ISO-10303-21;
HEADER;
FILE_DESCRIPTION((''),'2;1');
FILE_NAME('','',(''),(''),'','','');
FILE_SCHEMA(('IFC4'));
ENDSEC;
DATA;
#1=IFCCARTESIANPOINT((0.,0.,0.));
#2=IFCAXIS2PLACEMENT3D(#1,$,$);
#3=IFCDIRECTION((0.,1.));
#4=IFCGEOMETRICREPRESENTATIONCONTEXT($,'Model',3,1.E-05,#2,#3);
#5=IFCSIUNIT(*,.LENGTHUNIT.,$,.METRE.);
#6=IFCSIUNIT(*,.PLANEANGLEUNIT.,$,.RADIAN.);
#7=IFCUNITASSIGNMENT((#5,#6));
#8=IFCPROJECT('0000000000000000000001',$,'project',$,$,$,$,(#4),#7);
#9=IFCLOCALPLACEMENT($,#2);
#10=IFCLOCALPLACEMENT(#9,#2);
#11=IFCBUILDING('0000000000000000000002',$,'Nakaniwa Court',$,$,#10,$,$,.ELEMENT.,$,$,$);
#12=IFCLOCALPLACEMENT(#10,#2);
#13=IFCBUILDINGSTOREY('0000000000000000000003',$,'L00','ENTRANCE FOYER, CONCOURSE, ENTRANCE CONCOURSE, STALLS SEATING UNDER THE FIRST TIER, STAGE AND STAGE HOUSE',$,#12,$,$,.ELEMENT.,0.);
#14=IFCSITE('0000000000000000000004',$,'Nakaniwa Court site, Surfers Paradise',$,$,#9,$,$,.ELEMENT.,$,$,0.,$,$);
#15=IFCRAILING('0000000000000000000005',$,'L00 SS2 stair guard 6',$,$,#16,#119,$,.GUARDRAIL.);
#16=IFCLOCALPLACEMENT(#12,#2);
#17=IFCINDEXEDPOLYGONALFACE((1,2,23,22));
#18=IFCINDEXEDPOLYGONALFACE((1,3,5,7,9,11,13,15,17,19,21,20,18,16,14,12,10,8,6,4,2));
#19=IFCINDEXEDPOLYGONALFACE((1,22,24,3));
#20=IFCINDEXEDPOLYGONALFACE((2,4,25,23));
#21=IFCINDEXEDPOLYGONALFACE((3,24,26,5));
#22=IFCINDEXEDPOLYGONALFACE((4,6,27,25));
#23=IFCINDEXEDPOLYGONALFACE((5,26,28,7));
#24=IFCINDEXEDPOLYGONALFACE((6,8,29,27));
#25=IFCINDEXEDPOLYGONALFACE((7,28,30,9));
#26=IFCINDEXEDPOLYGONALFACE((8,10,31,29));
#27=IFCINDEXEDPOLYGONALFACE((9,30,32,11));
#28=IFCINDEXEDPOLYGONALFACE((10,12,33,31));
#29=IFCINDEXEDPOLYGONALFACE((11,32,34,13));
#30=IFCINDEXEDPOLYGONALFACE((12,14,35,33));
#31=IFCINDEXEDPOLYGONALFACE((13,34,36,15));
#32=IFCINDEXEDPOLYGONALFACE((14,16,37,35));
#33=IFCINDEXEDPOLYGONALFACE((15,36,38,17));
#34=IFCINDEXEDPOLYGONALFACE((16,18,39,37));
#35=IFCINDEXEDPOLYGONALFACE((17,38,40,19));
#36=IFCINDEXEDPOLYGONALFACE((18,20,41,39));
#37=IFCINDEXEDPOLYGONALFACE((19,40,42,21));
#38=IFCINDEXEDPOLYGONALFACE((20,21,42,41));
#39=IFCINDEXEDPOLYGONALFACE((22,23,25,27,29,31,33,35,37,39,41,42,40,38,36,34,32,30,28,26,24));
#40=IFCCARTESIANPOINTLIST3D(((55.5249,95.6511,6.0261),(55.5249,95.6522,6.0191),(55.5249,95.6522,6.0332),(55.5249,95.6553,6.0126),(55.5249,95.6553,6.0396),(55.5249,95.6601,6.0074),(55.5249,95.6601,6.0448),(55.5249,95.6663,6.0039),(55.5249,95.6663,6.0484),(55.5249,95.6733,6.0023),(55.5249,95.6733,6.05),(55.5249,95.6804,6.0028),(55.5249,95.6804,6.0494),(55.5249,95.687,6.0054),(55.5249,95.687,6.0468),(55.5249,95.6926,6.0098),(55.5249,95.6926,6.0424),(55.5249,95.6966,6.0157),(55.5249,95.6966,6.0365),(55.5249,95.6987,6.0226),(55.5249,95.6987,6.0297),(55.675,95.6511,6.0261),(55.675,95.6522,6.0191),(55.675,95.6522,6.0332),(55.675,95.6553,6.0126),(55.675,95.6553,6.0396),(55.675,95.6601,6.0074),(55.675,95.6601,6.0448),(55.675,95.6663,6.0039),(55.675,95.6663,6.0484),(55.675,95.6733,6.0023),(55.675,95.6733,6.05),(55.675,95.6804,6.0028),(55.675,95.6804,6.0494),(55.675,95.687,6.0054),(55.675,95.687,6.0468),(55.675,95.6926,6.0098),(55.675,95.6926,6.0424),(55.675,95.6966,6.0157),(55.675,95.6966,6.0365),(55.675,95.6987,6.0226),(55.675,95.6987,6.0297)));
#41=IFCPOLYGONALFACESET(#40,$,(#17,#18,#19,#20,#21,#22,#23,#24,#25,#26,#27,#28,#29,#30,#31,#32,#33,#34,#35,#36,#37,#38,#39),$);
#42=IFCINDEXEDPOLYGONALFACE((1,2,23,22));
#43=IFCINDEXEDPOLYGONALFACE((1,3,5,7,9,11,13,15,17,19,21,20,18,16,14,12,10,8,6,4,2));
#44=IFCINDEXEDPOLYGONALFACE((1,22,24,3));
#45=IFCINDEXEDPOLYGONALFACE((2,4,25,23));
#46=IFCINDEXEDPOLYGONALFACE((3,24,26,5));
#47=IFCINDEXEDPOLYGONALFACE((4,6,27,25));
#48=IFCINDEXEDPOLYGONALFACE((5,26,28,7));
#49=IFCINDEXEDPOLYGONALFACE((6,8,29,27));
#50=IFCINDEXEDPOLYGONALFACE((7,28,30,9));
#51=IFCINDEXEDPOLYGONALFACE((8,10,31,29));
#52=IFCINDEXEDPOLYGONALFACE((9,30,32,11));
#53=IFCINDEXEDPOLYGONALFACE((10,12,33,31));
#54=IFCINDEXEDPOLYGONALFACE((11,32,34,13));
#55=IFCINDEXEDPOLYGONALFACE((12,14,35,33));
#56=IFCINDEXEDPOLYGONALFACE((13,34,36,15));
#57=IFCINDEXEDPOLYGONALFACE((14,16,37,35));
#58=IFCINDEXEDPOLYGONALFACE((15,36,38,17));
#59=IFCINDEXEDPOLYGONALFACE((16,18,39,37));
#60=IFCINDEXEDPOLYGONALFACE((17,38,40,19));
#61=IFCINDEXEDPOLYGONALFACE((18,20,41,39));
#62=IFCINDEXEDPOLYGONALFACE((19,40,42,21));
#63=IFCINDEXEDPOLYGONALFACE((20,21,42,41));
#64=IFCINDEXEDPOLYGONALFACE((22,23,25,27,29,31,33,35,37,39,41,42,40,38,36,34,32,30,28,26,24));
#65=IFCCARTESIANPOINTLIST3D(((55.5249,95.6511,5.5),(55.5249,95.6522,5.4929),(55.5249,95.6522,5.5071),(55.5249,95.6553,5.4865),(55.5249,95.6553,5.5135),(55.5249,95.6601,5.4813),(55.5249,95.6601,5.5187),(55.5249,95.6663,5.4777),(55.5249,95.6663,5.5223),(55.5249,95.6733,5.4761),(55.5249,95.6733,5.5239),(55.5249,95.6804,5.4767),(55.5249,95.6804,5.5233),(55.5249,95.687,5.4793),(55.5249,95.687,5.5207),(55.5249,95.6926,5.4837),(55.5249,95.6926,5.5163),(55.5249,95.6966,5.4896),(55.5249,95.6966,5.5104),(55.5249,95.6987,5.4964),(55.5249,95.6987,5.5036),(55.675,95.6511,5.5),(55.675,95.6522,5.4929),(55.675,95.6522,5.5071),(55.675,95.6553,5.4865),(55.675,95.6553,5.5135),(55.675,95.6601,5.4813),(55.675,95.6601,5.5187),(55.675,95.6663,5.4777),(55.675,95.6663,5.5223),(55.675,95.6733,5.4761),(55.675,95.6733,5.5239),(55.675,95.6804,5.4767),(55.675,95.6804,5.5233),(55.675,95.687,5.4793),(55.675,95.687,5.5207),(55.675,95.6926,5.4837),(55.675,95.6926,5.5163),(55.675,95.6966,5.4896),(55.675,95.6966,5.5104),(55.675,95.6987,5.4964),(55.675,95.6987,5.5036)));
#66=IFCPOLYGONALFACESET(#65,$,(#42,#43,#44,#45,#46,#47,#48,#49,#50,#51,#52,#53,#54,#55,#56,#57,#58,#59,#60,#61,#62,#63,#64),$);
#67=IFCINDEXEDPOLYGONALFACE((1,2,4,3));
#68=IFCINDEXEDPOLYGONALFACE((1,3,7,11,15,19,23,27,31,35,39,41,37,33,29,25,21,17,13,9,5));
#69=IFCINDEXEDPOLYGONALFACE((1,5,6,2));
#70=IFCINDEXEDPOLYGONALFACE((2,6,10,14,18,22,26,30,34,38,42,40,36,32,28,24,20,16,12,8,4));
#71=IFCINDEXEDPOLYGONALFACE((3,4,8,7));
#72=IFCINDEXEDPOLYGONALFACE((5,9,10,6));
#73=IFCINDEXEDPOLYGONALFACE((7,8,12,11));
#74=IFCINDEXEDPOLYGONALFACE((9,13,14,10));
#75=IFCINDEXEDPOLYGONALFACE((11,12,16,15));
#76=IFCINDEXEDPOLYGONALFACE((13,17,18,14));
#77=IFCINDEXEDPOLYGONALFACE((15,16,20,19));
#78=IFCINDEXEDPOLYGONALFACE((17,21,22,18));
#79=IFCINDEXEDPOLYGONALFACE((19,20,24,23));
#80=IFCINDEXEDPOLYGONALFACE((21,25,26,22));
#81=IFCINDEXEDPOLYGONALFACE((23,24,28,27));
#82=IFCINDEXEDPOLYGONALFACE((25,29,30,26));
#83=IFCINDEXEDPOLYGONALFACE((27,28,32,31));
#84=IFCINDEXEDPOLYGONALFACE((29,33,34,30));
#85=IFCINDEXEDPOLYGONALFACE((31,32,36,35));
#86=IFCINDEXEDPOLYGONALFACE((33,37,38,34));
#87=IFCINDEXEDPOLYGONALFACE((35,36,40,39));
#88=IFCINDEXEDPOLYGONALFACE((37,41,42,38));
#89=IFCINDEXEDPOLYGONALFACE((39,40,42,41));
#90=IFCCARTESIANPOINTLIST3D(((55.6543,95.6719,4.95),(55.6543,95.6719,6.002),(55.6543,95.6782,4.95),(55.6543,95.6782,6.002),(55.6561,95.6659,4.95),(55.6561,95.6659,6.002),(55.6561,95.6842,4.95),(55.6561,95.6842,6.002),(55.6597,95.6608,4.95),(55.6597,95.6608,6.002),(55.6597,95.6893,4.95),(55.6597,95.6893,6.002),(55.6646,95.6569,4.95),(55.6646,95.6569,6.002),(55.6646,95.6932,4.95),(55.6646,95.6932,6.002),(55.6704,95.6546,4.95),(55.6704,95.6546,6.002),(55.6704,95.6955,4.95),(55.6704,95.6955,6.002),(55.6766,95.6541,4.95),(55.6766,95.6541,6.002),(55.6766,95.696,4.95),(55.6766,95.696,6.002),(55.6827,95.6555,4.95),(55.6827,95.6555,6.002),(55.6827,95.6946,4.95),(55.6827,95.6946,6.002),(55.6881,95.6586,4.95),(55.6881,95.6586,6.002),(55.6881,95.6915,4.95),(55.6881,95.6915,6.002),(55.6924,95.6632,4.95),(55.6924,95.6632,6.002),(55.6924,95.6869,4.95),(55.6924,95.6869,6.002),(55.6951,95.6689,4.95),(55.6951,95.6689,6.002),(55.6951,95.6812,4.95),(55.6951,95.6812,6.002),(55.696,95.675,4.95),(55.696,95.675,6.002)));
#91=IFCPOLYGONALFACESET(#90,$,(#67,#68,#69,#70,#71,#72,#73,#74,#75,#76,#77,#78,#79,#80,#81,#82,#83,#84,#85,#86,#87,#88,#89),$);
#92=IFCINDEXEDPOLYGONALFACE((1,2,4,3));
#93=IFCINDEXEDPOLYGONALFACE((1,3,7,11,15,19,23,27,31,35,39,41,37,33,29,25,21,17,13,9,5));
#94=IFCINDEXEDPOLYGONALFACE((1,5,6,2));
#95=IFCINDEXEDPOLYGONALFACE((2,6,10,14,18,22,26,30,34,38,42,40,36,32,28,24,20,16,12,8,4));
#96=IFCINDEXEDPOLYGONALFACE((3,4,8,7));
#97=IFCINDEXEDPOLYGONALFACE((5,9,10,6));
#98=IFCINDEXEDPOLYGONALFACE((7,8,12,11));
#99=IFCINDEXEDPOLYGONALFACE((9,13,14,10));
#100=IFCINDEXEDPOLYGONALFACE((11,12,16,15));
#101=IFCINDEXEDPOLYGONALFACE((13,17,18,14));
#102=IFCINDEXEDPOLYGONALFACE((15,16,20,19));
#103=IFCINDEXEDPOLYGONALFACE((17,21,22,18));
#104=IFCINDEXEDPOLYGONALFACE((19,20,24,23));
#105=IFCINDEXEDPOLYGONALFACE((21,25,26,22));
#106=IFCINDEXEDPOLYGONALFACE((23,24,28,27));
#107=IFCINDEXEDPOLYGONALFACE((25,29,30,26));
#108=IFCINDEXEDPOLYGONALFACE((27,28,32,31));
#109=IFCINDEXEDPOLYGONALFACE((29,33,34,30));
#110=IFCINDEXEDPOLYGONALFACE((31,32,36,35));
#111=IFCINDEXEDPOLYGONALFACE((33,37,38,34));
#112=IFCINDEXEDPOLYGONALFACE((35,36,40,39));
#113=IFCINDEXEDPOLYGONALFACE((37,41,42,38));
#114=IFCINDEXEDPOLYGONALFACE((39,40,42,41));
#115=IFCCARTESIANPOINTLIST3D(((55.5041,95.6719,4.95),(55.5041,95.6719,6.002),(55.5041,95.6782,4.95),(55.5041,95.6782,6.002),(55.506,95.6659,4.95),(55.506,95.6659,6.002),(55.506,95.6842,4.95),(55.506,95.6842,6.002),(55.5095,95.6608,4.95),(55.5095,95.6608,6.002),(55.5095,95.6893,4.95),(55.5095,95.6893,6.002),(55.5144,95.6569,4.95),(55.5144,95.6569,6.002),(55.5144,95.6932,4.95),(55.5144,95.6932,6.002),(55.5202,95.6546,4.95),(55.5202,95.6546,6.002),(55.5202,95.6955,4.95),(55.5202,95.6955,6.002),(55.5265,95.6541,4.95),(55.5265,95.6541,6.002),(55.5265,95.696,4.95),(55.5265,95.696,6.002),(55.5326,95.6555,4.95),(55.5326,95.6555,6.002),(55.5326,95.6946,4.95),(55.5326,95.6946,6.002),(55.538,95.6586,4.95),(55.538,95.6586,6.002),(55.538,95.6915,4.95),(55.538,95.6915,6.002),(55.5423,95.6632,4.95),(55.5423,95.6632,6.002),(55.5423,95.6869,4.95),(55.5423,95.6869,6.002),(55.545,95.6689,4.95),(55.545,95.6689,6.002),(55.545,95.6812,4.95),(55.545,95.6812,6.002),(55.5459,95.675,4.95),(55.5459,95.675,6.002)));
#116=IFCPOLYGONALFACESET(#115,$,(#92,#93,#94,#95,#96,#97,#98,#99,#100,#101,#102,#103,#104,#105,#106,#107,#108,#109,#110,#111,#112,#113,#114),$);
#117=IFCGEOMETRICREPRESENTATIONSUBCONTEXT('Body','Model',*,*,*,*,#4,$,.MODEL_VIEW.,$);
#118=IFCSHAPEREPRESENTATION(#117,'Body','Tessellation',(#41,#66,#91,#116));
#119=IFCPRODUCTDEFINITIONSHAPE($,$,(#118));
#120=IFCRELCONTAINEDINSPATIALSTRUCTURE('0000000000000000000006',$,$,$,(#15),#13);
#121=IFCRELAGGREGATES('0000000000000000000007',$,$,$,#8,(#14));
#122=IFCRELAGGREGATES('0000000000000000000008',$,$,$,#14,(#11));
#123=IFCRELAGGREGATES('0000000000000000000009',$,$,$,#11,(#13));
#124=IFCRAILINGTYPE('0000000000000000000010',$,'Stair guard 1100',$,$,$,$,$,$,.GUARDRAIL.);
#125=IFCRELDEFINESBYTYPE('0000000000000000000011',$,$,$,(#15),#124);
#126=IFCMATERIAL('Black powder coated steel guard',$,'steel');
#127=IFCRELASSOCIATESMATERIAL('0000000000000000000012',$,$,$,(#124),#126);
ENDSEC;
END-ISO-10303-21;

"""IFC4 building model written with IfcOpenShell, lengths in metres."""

from ifc_helpers import new_model, si_unit, direction, frame, origin, origin_2d, place, context, subcontext, project, spatial, circle, extrude, material, type_object, element, save


model = new_model("IFC4")

# Units and contexts
model_context = context("Model", 3, precision=1e-05, world=origin(), true_north=direction((0.0, 1.0)))
body_context = subcontext(model_context, "Body", "Model", "MODEL_VIEW")
ifc_project = project(units=[si_unit("LENGTHUNIT", "METRE"), si_unit("PLANEANGLEUNIT", "RADIAN")], contexts=[model_context])

# Site, building, storey
site_placement = place(None, origin())
site = spatial("IfcSite", under=ifc_project, at=site_placement, Name="Nakaniwa Court site, Surfers Paradise", CompositionType="ELEMENT", RefElevation=0.0)
building_placement = place(site_placement, origin())
building = spatial("IfcBuilding", under=site, at=building_placement, Name="Nakaniwa Court", CompositionType="ELEMENT")
storey_placement = place(building_placement, origin())
storey = spatial("IfcBuildingStorey", under=building, at=storey_placement, Name="L00", Description="ENTRANCE FOYER, CONCOURSE, ENTRANCE CONCOURSE, STALLS SEATING UNDER THE FIRST TIER, STAGE AND STAGE HOUSE", CompositionType="ELEMENT", Elevation=0.0)

# Railing
ifc_material_1 = material(Name="Black powder coated steel guard", Category="steel")
railing_type_1 = type_object("IfcRailingType", Name="Stair guard 1100", PredefinedType="GUARDRAIL", material=ifc_material_1)
railing_1_placement = place(storey_placement, frame((55.675, 95.675, 4.95)))
element("IfcRailing", 1, at=railing_1_placement, inside=storey, type_object=railing_type_1, Name="L00 SS2 stair guard 6", PredefinedType="GUARDRAIL", context=body_context, shape_type="SweptSolid", body=[
    extrude(circle(Radius=0.0239, at=origin_2d()), frame((0.0, 0.0, 1.0762), z_axis=(-1.0, 0.0, 0.0), x_axis=(0.0, -1.0, 0.0)), (0.0, 0.0, 1.0), 0.1501),
    extrude(circle(Radius=0.0239, at=origin_2d()), frame((0.0, 0.0, 0.55), z_axis=(-1.0, 0.0, 0.0), x_axis=(0.0, -1.0, 0.0)), (0.0, 0.0, 1.0), 0.1501),
    extrude(circle(Radius=0.021, at=origin_2d()), origin(), (0.0, 0.0, 1.0), 1.052),
    extrude(circle(Radius=0.021, at=origin_2d()), frame((-0.1501, 0.0, 0.0)), (0.0, 0.0, 1.0), 1.052),
])

save(model, "model.ifc")
